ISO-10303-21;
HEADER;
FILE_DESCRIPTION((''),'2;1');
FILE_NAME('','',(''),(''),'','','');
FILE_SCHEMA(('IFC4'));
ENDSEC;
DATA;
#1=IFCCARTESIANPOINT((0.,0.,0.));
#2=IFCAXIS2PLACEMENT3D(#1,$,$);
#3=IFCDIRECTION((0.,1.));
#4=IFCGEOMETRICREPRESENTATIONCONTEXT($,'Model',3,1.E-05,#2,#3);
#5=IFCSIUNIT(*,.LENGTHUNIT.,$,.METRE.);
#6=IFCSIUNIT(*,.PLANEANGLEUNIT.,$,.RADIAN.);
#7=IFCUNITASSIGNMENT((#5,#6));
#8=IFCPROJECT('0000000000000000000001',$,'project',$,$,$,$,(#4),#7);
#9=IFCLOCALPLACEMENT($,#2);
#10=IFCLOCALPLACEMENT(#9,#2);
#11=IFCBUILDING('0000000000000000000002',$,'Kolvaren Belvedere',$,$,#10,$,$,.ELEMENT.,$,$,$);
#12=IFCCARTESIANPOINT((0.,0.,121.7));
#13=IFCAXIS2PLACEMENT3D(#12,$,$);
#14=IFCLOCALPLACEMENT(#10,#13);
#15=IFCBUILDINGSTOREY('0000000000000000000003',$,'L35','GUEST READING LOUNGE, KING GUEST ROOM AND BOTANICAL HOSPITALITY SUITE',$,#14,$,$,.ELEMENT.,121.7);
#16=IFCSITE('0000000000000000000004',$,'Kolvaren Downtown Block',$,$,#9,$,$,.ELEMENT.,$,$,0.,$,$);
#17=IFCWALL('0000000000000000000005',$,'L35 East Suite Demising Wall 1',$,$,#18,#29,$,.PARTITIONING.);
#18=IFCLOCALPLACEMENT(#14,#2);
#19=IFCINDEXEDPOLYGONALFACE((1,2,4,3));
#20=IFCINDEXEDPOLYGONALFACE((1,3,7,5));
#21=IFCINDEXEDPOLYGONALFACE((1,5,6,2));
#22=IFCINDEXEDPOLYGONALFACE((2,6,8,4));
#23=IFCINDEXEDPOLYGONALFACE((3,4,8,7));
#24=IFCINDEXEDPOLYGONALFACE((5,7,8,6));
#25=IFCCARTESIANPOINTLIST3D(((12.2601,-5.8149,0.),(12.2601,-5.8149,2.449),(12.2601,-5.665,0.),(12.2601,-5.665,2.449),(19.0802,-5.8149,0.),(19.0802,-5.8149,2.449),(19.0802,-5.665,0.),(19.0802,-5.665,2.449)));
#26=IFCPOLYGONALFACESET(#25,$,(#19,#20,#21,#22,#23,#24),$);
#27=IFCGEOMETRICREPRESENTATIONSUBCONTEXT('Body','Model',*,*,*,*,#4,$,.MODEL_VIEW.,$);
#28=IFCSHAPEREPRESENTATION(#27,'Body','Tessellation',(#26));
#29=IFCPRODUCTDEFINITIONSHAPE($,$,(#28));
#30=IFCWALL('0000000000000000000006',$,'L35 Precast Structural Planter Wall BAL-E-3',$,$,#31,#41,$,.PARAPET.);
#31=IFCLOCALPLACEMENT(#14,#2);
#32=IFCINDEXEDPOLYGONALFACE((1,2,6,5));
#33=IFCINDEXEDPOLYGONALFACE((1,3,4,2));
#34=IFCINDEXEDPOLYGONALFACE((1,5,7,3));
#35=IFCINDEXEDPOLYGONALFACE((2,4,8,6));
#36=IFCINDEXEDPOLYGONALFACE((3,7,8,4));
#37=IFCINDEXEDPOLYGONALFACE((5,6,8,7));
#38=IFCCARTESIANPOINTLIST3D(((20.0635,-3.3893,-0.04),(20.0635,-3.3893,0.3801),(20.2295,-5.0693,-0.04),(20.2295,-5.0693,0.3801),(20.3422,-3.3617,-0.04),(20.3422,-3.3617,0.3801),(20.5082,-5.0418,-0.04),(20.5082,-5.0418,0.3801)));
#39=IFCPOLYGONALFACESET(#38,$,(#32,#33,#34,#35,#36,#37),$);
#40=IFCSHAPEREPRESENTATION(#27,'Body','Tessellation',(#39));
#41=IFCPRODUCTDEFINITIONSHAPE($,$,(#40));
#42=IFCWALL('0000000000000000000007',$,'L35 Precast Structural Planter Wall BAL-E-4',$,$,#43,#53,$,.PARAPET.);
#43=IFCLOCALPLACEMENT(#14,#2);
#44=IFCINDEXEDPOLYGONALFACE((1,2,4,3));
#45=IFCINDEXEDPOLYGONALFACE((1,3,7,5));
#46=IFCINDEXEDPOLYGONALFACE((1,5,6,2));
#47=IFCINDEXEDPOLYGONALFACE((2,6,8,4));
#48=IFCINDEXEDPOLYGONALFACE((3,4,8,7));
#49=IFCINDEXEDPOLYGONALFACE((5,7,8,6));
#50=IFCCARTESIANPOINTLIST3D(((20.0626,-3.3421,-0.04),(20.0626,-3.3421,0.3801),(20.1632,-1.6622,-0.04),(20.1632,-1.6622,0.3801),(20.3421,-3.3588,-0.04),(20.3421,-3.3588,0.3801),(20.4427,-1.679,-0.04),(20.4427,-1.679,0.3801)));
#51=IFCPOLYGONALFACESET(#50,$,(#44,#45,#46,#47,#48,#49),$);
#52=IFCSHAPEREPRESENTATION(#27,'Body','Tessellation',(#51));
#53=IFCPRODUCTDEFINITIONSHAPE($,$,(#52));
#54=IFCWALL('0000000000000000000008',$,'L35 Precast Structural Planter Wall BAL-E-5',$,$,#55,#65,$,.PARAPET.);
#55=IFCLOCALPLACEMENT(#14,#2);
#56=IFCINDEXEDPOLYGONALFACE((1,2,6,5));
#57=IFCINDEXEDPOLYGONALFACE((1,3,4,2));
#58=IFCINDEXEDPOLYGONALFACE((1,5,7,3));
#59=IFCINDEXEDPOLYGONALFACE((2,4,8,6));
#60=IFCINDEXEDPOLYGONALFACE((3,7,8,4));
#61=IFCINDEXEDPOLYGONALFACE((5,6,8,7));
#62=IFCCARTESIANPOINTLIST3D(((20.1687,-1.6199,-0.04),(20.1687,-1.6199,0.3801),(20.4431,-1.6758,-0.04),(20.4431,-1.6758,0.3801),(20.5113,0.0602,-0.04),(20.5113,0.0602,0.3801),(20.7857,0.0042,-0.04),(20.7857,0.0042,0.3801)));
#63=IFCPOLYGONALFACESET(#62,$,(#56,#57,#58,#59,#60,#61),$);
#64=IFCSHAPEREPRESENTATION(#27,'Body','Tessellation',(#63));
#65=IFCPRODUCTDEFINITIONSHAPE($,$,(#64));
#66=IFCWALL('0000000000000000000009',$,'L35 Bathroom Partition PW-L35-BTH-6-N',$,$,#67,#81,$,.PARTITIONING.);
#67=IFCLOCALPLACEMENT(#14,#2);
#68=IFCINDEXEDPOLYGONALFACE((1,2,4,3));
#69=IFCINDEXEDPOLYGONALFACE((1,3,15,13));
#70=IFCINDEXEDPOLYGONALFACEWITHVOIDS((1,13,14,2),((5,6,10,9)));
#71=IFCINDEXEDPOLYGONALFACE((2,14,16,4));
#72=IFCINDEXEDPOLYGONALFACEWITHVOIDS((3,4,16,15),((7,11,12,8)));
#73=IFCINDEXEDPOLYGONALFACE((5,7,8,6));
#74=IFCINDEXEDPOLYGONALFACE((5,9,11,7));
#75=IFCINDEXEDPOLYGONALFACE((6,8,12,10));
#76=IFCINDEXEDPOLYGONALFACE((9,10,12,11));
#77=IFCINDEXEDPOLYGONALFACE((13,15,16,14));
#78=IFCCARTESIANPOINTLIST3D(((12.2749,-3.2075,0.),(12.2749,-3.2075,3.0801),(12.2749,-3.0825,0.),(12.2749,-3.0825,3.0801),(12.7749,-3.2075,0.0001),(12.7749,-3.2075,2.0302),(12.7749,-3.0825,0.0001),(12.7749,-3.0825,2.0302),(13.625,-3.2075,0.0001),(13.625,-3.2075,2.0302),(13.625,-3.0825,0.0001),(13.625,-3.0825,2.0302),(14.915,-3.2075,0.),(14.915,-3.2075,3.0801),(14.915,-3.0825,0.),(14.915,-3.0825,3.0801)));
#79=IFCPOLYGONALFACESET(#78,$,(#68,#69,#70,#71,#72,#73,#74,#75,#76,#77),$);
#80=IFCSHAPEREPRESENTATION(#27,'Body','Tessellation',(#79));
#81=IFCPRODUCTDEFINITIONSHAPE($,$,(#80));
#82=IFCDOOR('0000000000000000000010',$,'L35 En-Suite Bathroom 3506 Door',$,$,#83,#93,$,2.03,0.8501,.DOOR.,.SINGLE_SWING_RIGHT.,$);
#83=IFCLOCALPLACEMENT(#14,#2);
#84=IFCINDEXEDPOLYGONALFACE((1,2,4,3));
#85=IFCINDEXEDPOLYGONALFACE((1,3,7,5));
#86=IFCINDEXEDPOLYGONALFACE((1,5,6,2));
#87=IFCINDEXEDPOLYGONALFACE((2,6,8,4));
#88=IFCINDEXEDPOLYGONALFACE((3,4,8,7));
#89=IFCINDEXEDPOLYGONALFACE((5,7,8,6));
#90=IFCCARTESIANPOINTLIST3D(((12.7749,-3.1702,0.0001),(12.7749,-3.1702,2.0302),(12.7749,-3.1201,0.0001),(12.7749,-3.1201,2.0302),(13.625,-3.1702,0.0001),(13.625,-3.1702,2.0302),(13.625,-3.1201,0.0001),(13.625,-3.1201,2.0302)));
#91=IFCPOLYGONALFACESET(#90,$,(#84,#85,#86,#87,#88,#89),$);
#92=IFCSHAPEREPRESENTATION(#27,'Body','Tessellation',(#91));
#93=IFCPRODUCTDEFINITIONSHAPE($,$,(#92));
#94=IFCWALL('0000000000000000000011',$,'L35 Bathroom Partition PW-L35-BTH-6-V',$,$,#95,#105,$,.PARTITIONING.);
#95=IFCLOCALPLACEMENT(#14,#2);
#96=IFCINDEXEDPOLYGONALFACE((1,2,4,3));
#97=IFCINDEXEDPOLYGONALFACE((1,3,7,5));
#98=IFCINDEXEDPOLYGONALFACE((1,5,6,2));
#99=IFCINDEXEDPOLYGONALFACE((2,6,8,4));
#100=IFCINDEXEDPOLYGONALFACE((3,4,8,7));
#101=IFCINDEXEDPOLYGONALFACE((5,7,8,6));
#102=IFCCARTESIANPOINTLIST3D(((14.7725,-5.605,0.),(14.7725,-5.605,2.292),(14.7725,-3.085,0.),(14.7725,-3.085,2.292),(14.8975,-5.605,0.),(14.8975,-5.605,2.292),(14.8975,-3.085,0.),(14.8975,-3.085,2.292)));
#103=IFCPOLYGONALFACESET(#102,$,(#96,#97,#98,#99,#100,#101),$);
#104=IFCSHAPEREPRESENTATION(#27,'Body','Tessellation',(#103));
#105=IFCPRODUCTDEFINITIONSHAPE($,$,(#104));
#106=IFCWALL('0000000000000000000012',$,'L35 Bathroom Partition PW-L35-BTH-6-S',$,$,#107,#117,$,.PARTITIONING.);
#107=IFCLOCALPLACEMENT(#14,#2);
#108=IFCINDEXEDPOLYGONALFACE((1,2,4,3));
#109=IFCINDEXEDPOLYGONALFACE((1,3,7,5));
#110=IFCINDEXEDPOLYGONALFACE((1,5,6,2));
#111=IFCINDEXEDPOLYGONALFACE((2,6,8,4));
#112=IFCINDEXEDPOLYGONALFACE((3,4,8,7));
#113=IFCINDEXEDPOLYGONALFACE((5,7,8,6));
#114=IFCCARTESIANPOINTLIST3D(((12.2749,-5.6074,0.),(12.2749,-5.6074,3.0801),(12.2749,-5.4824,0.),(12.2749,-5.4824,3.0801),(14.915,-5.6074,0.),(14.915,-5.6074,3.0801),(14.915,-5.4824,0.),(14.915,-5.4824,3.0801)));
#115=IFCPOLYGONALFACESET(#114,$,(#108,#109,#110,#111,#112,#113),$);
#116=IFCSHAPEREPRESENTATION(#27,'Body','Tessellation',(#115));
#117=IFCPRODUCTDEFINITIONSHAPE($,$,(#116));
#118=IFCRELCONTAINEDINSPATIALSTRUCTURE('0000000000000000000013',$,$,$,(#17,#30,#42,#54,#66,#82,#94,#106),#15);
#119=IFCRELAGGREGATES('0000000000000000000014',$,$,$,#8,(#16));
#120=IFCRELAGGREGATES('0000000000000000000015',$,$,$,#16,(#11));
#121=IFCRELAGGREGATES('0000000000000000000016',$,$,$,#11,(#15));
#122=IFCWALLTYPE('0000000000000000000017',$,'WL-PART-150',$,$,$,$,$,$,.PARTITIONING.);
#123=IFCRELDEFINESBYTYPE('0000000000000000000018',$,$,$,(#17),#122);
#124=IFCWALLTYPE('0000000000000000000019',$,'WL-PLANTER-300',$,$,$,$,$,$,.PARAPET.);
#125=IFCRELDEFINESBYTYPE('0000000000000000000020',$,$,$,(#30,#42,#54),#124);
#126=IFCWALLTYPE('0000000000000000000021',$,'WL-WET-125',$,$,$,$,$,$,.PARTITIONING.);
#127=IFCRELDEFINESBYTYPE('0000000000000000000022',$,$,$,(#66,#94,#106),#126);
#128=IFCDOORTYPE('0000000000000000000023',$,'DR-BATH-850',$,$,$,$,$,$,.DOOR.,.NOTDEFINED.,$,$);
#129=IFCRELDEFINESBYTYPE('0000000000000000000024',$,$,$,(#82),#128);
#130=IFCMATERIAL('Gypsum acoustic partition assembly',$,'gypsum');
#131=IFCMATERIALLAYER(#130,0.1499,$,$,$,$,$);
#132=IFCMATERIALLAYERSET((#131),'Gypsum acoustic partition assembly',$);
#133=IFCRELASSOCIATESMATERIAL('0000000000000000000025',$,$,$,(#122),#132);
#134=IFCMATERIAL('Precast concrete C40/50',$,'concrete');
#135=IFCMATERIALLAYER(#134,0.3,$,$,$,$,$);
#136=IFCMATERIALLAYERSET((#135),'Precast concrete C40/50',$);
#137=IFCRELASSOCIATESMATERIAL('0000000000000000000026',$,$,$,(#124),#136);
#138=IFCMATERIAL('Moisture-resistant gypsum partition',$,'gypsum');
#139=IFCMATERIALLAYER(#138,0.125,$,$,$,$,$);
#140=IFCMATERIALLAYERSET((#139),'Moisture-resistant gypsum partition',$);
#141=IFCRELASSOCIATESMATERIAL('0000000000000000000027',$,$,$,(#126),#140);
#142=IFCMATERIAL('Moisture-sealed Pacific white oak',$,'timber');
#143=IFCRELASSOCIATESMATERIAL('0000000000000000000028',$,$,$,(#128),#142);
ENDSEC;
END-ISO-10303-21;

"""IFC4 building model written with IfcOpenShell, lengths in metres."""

from ifc_helpers import new_model, si_unit, direction, frame, frame_2d, origin, place, context, subcontext, project, spatial, rectangle, extrude, material, layer, layer_set, type_object, element, fill, save


model = new_model("IFC4")

# Units and contexts
model_context = context("Model", 3, precision=1e-05, world=origin(), true_north=direction((0.0, 1.0)))
body_context = subcontext(model_context, "Body", "Model", "MODEL_VIEW")
ifc_project = project(units=[si_unit("LENGTHUNIT", "METRE"), si_unit("PLANEANGLEUNIT", "RADIAN")], contexts=[model_context])

# Site, building, storey
site_placement = place(None, origin())
site = spatial("IfcSite", under=ifc_project, at=site_placement, Name="Kolvaren Downtown Block", CompositionType="ELEMENT", RefElevation=0.0)
building_placement = place(site_placement, origin())
building = spatial("IfcBuilding", under=site, at=building_placement, Name="Kolvaren Belvedere", CompositionType="ELEMENT")
storey_placement = place(building_placement, frame((0.0, 0.0, 121.7)))
storey = spatial("IfcBuildingStorey", under=building, at=storey_placement, Name="L35", Description="GUEST READING LOUNGE, KING GUEST ROOM AND BOTANICAL HOSPITALITY SUITE", CompositionType="ELEMENT", Elevation=121.7)

# Walls
ifc_material_1 = material(Name="Gypsum acoustic partition assembly", Category="gypsum")
ifc_layer_1 = layer(ifc_material_1, 0.1499)
ifc_layer_set_1 = layer_set([ifc_layer_1], Name="Gypsum acoustic partition assembly")
wall_type_1 = type_object("IfcWallType", Name="WL-PART-150", PredefinedType="PARTITIONING", material=ifc_layer_set_1)
wall_1_placement = place(storey_placement, frame((12.26, -5.74, 0.0), z_axis=(0.0, 0.0, 1.0), x_axis=(1.0, 0.0, 0.0)))
element("IfcWall", 1, at=wall_1_placement, inside=storey, type_object=wall_type_1, Name="L35 East Suite Demising Wall 1", PredefinedType="PARTITIONING", context=body_context, shape_type="SweptSolid", body=[
    extrude(rectangle(XDim=6.8201, YDim=0.1499, at=frame_2d((3.4102, 0.0))), origin(), (0.0, 0.0, 1.0), 2.449),
])
ifc_material_2 = material(Name="Precast concrete C40/50", Category="concrete")
ifc_layer_2 = layer(ifc_material_2, 0.3)
ifc_layer_set_2 = layer_set([ifc_layer_2], Name="Precast concrete C40/50")
wall_type_2 = type_object("IfcWallType", Name="WL-PLANTER-300", PredefinedType="PARAPET", material=ifc_layer_set_2)
wall_2_placement = place(storey_placement, frame((20.3689, -5.0557, -0.04), z_axis=(0.0, 0.0, 1.0), x_axis=(-0.098344, 0.995152, 0.0)))
element("IfcWall", 2, at=wall_2_placement, inside=storey, type_object=wall_type_2, Name="L35 Precast Structural Planter Wall BAL-E-3", PredefinedType="PARAPET", context=body_context, shape_type="SweptSolid", body=[
    extrude(rectangle(XDim=1.6882, YDim=0.28, at=frame_2d((0.8442, 0.0))), origin(), (0.0, 0.0, 1.0), 0.4202),
])
wall_3_placement = place(storey_placement, frame((20.2024, -3.3503, -0.04), z_axis=(0.0, 0.0, 1.0), x_axis=(0.059768, 0.998212, 0.0)))
element("IfcWall", 3, at=wall_3_placement, inside=storey, type_object=wall_type_2, Name="L35 Precast Structural Planter Wall BAL-E-4", PredefinedType="PARAPET", context=body_context, shape_type="SweptSolid", body=[
    extrude(rectangle(XDim=1.6829, YDim=0.28, at=frame_2d((0.8413, 0.0))), origin(), (0.0, 0.0, 1.0), 0.4202),
])
wall_4_placement = place(storey_placement, frame((20.3059, -1.6479, -0.04), z_axis=(0.0, 0.0, 1.0), x_axis=(0.199784, 0.97984, 0.0)))
element("IfcWall", 4, at=wall_4_placement, inside=storey, type_object=wall_type_2, Name="L35 Precast Structural Planter Wall BAL-E-5", PredefinedType="PARAPET", context=body_context, shape_type="SweptSolid", body=[
    extrude(rectangle(XDim=1.7146, YDim=0.28, at=frame_2d((0.8574, 0.0))), origin(), (0.0, 0.0, 1.0), 0.4202),
])

# Wall, opening, door
ifc_material_3 = material(Name="Moisture-resistant gypsum partition", Category="gypsum")
ifc_layer_3 = layer(ifc_material_3, 0.125)
ifc_layer_set_3 = layer_set([ifc_layer_3], Name="Moisture-resistant gypsum partition")
wall_type_3 = type_object("IfcWallType", Name="WL-WET-125", PredefinedType="PARTITIONING", material=ifc_layer_set_3)
wall_5_placement = place(storey_placement, frame((12.2749, -3.145, 0.0), z_axis=(0.0, 0.0, 1.0), x_axis=(1.0, 0.0, 0.0)))
wall_5 = element("IfcWall", 5, at=wall_5_placement, inside=storey, type_object=wall_type_3, Name="L35 Bathroom Partition PW-L35-BTH-6-N", PredefinedType="PARTITIONING", context=body_context, shape_type="SweptSolid", body=[
    extrude(rectangle(XDim=2.6401, YDim=0.125, at=frame_2d((1.3201, 0.0))), origin(), (0.0, 0.0, 1.0), 3.0801),
])
opening_placement = place(wall_5_placement, frame((0.5, 0.0, 0.0)))
opening = element("IfcOpeningElement", 6, at=opening_placement, cuts=wall_5, PredefinedType="OPENING", context=body_context, shape_type="SweptSolid", body=[
    extrude(rectangle(XDim=0.8501, YDim=2.03, at=frame_2d((0.425, 1.0151))), frame((0.0, 0.0725, 0.0), z_axis=(0.0, -1.0, 0.0), x_axis=(1.0, 0.0, 0.0)), (0.0, 0.0, 1.0), 0.145),
])
ifc_material_4 = material(Name="Moisture-sealed Pacific white oak", Category="timber")
door_type = type_object("IfcDoorType", Name="DR-BATH-850", OperationType="NOTDEFINED", PredefinedType="DOOR", material=ifc_material_4)
door_placement = place(opening_placement, origin())
door = element("IfcDoor", 7, at=door_placement, inside=storey, type_object=door_type, Name="L35 En-Suite Bathroom 3506 Door", OperationType="SINGLE_SWING_RIGHT", OverallHeight=2.03, OverallWidth=0.8501, PredefinedType="DOOR", context=body_context, shape_type="SweptSolid", body=[
    extrude(rectangle(XDim=0.8501, YDim=2.03, at=frame_2d((0.425, 1.0151))), frame((0.0, 0.0249, 0.0), z_axis=(0.0, -1.0, 0.0), x_axis=(1.0, 0.0, 0.0)), (0.0, 0.0, 1.0), 0.05),
])
fill(opening, door)

# Walls
wall_6_placement = place(storey_placement, frame((14.835, -5.605, 0.0), z_axis=(0.0, 0.0, 1.0), x_axis=(0.0, 1.0, 0.0)))
element("IfcWall", 8, at=wall_6_placement, inside=storey, type_object=wall_type_3, Name="L35 Bathroom Partition PW-L35-BTH-6-V", PredefinedType="PARTITIONING", context=body_context, shape_type="SweptSolid", body=[
    extrude(rectangle(XDim=2.52, YDim=0.125, at=frame_2d((1.26, 0.0))), origin(), (0.0, 0.0, 1.0), 2.292),
])
wall_7_placement = place(storey_placement, frame((12.2749, -5.5449, 0.0), z_axis=(0.0, 0.0, 1.0), x_axis=(1.0, 0.0, 0.0)))
element("IfcWall", 9, at=wall_7_placement, inside=storey, type_object=wall_type_3, Name="L35 Bathroom Partition PW-L35-BTH-6-S", PredefinedType="PARTITIONING", context=body_context, shape_type="SweptSolid", body=[
    extrude(rectangle(XDim=2.6401, YDim=0.125, at=frame_2d((1.3201, 0.0))), origin(), (0.0, 0.0, 1.0), 3.0801),
])

save(model, "model.ifc")
